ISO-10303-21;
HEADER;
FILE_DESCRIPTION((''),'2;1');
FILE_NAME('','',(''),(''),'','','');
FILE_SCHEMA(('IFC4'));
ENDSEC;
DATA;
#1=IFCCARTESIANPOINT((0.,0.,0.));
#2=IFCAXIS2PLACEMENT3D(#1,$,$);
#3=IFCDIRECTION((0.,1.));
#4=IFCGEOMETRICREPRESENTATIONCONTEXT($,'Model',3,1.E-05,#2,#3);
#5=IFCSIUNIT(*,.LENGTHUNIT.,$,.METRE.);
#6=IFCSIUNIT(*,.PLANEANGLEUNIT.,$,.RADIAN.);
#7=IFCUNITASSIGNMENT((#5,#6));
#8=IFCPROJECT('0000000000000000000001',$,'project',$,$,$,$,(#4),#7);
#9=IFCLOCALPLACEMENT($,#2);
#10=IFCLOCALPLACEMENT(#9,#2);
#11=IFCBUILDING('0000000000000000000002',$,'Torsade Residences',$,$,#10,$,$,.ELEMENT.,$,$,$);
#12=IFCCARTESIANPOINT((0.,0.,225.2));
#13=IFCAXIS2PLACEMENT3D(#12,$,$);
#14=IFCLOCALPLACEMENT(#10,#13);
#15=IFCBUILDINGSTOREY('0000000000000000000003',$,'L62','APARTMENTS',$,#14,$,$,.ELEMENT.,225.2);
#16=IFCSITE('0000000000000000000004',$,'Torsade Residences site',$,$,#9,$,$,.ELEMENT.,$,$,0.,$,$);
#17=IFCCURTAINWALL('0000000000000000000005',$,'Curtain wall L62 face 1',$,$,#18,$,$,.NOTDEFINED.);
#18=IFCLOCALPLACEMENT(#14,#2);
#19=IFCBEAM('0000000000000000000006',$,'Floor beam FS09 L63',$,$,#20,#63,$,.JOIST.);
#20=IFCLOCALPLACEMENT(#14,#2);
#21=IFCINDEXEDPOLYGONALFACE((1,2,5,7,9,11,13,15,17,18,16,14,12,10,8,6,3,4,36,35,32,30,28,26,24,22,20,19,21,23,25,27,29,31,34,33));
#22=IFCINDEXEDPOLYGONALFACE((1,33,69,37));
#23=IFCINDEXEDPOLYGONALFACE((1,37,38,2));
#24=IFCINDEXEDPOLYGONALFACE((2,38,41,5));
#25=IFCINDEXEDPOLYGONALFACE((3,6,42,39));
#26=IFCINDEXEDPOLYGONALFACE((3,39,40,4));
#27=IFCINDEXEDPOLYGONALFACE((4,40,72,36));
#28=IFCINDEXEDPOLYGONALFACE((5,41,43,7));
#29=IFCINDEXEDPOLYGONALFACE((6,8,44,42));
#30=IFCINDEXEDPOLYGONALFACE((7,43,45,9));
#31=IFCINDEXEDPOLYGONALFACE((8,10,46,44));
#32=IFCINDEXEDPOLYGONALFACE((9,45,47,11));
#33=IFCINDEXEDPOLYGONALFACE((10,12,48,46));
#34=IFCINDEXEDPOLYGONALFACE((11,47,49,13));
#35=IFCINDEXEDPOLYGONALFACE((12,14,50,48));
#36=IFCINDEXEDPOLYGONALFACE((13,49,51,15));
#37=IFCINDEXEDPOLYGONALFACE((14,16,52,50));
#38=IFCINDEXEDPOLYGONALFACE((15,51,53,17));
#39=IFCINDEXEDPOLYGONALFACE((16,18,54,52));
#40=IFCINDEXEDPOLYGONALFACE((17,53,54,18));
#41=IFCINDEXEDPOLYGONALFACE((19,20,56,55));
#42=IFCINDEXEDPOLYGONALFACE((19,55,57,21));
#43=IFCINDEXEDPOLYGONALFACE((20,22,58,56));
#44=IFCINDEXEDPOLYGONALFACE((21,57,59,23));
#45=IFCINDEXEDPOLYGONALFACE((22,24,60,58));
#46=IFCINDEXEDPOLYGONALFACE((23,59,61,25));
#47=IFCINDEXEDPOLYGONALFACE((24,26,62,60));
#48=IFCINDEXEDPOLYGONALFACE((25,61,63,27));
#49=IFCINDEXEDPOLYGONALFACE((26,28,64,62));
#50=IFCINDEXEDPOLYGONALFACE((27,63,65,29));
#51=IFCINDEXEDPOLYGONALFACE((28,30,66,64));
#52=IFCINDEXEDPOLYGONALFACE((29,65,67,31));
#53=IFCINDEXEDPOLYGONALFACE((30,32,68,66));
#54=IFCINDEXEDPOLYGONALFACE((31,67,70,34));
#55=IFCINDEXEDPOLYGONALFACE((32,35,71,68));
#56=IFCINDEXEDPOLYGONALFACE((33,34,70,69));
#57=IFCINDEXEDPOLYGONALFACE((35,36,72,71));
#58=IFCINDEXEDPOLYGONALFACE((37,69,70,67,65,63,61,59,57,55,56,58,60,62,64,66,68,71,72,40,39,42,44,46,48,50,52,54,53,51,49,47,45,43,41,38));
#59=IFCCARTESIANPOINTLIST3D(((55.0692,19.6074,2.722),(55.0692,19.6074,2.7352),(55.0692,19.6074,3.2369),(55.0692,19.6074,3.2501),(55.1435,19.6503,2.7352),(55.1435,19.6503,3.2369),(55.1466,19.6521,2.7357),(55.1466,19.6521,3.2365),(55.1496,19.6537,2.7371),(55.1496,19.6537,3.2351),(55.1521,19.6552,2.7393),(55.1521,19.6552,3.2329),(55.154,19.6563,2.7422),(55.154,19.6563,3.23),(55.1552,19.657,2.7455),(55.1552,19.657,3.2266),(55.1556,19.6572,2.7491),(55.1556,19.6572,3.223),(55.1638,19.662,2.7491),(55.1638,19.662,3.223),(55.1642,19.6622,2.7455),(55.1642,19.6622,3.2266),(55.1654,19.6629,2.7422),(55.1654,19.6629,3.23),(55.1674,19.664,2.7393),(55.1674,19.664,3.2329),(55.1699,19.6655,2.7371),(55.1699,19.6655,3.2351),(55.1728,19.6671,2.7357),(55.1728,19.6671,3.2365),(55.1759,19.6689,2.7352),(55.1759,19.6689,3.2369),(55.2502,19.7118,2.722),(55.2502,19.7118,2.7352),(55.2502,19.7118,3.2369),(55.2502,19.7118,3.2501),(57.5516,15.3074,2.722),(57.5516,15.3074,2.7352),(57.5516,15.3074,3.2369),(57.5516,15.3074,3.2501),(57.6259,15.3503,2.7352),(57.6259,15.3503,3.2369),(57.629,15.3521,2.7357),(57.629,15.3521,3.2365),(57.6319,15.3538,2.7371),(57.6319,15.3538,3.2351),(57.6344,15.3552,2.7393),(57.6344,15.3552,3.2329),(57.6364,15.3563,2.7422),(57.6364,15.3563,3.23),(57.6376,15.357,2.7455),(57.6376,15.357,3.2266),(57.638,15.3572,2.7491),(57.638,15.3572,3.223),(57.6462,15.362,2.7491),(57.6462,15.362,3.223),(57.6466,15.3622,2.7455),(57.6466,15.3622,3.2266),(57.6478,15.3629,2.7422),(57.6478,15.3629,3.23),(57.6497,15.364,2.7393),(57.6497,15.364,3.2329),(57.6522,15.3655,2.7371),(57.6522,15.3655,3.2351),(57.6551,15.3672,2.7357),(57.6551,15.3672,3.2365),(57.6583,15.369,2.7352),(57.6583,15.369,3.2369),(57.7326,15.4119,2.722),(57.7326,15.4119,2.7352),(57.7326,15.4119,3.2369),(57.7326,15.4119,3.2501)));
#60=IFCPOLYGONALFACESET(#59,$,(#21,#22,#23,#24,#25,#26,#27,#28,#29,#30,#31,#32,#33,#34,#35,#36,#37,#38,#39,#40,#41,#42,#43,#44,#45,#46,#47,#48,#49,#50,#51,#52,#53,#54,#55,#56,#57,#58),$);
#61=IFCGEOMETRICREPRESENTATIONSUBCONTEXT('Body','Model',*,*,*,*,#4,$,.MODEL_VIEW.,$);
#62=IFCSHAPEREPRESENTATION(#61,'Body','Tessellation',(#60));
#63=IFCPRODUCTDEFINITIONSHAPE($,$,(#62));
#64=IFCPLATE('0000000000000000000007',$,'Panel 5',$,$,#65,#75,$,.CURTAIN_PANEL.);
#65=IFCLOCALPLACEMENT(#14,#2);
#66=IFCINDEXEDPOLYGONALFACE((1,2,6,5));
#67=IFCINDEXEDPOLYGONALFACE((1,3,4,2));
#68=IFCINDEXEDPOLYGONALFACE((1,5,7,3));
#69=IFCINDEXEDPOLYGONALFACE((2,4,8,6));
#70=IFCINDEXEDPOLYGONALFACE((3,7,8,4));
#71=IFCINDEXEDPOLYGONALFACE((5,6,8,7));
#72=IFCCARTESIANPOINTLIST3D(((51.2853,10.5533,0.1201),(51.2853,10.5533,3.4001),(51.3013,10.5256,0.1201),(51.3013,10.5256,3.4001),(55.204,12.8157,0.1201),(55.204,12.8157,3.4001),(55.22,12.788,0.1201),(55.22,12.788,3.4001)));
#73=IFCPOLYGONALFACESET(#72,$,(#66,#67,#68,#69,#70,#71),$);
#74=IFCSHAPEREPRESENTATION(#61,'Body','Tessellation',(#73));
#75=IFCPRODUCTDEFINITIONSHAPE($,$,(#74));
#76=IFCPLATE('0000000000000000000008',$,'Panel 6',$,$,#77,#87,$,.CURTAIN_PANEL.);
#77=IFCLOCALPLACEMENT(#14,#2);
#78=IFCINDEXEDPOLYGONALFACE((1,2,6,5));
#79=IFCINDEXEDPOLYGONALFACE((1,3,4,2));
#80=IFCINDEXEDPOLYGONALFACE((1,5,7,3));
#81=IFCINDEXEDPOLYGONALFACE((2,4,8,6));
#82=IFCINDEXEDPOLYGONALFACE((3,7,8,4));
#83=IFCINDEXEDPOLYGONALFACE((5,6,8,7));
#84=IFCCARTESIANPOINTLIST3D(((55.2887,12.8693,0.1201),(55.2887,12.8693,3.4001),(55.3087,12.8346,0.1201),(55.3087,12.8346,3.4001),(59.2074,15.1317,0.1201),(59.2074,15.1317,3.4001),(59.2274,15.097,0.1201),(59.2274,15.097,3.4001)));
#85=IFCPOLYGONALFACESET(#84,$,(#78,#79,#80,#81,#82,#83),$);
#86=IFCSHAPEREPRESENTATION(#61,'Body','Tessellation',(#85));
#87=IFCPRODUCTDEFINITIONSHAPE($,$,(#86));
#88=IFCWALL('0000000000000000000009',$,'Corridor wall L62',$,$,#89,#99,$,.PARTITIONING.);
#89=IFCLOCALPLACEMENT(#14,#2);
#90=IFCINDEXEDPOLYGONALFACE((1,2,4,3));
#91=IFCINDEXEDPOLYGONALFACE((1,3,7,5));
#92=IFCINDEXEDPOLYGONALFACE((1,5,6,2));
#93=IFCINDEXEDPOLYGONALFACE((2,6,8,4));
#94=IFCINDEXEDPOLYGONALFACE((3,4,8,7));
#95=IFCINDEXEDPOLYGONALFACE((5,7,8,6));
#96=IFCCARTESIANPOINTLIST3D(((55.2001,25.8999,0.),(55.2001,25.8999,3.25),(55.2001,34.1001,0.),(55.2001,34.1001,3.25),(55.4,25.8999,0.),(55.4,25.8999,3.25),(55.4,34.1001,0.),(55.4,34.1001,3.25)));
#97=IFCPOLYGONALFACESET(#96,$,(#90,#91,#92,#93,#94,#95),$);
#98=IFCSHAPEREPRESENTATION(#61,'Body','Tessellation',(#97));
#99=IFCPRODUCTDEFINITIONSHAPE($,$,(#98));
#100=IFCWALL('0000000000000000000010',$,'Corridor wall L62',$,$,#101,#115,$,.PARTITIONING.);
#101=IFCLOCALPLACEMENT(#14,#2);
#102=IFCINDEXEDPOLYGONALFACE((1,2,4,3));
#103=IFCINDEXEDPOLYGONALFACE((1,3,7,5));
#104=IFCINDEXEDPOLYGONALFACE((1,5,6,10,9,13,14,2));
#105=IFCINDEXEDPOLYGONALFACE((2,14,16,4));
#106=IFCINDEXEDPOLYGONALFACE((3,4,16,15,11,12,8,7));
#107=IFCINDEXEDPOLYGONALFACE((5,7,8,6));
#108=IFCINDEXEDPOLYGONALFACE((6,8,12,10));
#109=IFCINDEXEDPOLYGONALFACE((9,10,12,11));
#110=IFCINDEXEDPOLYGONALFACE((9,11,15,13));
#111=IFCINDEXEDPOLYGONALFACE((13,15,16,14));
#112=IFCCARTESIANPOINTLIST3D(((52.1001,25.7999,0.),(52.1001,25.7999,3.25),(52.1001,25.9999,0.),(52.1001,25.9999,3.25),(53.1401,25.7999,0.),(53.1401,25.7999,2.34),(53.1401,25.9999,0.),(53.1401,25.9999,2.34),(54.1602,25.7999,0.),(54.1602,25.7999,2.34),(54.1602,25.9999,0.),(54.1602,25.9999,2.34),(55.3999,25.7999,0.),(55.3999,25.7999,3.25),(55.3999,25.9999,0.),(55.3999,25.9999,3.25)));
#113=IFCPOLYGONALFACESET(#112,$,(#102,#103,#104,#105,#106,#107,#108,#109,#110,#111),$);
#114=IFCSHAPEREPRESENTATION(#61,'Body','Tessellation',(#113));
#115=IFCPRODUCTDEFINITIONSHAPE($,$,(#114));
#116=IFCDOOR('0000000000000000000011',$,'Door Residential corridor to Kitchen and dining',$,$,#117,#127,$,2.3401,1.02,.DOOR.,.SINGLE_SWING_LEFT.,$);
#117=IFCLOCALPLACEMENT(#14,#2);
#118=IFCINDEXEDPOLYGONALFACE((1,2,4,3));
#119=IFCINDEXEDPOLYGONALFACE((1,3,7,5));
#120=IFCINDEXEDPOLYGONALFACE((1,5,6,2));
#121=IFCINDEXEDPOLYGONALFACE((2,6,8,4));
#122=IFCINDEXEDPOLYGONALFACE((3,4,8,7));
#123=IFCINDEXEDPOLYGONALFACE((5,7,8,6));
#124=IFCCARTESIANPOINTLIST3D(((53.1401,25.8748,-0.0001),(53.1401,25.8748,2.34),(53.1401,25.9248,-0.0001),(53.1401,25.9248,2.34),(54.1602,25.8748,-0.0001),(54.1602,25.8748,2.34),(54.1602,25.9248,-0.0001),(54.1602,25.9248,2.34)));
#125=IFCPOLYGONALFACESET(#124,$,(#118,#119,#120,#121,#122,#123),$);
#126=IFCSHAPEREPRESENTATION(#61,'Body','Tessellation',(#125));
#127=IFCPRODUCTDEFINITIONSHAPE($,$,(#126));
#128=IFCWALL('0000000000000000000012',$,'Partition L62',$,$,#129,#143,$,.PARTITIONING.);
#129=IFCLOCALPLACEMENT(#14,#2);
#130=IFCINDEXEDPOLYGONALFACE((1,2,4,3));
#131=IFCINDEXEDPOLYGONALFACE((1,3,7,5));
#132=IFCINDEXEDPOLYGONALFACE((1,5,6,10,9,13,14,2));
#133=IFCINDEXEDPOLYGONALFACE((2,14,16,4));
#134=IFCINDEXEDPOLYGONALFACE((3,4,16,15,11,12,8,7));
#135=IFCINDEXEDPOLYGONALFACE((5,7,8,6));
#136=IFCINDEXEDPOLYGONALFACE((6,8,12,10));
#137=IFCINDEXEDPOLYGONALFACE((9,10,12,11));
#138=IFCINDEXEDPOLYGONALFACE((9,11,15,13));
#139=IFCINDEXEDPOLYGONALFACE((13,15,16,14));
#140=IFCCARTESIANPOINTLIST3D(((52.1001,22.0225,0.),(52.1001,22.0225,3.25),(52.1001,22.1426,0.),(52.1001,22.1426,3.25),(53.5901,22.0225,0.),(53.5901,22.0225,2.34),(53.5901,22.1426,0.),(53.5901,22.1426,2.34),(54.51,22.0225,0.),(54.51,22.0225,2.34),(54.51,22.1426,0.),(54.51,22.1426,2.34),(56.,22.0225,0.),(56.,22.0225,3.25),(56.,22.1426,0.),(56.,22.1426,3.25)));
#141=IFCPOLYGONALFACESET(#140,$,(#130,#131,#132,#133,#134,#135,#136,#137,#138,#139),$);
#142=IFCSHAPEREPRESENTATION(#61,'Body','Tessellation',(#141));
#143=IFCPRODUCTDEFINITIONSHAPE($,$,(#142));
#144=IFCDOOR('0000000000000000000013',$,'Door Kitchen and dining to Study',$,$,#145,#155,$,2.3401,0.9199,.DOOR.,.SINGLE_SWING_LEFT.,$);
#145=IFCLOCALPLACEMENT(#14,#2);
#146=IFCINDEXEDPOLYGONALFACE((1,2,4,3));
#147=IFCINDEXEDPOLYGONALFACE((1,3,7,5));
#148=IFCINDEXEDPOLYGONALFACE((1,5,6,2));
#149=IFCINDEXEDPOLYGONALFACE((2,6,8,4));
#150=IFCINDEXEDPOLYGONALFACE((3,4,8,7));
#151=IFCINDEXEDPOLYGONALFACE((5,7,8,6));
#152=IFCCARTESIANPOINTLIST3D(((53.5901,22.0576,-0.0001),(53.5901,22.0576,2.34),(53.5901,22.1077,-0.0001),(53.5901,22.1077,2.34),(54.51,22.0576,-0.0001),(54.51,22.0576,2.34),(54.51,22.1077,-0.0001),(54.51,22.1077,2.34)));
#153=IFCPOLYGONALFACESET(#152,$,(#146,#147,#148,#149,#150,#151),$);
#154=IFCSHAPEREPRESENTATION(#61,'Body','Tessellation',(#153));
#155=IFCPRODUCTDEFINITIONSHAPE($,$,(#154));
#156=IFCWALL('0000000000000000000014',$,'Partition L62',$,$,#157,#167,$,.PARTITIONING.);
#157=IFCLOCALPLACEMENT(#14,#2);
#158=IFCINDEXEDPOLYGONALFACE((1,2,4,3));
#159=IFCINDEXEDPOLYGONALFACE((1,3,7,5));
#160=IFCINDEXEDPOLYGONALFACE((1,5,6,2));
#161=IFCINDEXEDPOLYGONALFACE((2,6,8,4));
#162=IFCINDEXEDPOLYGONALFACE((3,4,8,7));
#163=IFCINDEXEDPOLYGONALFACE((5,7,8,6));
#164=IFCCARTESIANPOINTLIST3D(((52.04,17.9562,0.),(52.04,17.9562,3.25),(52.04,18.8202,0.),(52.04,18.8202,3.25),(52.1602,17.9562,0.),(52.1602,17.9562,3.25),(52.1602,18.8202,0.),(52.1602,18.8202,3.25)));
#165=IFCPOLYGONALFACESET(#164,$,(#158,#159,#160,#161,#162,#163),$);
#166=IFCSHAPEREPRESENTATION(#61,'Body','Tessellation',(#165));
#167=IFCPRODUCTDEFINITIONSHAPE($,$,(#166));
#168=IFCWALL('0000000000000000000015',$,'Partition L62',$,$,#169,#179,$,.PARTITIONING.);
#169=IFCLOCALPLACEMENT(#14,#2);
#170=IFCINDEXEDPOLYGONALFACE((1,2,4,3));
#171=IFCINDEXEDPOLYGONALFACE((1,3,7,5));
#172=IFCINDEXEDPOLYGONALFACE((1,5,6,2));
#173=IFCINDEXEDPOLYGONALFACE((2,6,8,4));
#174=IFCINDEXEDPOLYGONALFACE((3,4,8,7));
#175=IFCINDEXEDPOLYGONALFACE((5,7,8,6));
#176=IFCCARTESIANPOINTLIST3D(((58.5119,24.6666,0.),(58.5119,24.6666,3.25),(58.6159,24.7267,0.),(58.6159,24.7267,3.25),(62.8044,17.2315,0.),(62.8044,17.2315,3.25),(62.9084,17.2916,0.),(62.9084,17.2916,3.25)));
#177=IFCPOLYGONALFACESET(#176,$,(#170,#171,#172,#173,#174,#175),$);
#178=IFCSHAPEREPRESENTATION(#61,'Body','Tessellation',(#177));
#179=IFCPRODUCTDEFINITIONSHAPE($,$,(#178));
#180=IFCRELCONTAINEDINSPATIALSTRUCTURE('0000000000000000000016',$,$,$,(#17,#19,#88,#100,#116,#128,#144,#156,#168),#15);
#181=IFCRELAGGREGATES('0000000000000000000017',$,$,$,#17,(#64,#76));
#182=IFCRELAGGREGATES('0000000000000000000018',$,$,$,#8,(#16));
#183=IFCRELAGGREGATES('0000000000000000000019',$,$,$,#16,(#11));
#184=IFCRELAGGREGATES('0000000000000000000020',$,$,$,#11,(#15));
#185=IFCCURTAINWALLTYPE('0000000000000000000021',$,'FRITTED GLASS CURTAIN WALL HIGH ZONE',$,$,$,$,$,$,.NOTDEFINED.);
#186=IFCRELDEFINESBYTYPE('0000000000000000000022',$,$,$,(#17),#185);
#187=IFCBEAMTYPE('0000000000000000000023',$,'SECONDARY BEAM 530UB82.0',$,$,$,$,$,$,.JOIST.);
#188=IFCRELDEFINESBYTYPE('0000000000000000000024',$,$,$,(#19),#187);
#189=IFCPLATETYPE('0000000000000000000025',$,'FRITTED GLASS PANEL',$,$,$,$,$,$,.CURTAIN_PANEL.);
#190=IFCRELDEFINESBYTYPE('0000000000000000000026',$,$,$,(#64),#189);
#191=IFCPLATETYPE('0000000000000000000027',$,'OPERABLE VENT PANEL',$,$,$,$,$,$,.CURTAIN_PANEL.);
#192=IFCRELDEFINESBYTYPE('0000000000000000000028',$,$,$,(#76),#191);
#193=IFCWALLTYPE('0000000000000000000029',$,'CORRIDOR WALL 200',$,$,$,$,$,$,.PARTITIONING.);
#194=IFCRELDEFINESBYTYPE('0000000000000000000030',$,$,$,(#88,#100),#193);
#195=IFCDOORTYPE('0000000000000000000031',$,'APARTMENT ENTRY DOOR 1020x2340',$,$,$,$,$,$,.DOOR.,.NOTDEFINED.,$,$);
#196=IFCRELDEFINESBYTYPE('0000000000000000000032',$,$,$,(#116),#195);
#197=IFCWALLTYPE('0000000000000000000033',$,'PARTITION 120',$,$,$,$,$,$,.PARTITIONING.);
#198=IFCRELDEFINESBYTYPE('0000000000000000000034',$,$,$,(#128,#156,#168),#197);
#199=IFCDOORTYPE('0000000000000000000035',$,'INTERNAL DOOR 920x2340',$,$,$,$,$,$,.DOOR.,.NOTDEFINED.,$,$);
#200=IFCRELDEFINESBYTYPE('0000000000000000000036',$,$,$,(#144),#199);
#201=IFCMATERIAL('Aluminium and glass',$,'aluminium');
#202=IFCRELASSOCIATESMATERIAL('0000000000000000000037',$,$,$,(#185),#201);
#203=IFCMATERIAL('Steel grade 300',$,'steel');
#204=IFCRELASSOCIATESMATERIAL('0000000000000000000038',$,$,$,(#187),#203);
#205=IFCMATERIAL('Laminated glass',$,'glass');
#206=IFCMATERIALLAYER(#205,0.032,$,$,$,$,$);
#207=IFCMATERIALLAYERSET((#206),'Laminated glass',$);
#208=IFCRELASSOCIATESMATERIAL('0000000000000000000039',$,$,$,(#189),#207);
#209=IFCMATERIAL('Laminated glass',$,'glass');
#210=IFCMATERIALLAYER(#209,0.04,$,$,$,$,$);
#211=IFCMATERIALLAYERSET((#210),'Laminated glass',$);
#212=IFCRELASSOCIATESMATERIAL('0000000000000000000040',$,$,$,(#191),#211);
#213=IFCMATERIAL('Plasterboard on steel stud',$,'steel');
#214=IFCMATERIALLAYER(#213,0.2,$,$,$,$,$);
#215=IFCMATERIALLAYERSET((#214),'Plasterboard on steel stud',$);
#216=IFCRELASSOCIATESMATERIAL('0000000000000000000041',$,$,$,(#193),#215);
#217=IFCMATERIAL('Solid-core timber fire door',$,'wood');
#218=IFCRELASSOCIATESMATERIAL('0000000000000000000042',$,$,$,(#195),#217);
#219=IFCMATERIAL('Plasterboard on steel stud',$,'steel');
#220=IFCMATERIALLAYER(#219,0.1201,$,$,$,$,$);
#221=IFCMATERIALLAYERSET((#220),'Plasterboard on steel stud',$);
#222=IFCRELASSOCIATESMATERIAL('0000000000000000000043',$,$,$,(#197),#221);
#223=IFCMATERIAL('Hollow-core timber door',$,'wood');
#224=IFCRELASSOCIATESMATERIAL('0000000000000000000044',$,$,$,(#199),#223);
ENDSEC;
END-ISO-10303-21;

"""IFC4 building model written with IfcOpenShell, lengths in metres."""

from ifc_helpers import new_model, si_unit, direction, frame, frame_2d, origin, origin_2d, place, context, subcontext, project, spatial, rectangle, i_section, extrude, material, layer, layer_set, material_profile, profile_set, type_object, element, fill, aggregate, save


model = new_model("IFC4")

# Units and contexts
model_context = context("Model", 3, precision=1e-05, world=origin(), true_north=direction((0.0, 1.0)))
body_context = subcontext(model_context, "Body", "Model", "MODEL_VIEW")
ifc_project = project(units=[si_unit("LENGTHUNIT", "METRE"), si_unit("PLANEANGLEUNIT", "RADIAN")], contexts=[model_context])

# Site, building, storey
site_placement = place(None, origin())
site = spatial("IfcSite", under=ifc_project, at=site_placement, Name="Torsade Residences site", CompositionType="ELEMENT", RefElevation=0.0)
building_placement = place(site_placement, origin())
building = spatial("IfcBuilding", under=site, at=building_placement, Name="Torsade Residences", CompositionType="ELEMENT")
storey_placement = place(building_placement, frame((0.0, 0.0, 225.2)))
storey = spatial("IfcBuildingStorey", under=building, at=storey_placement, Name="L62", Description="APARTMENTS", CompositionType="ELEMENT", Elevation=225.2)

# Curtain wall
ifc_material_1 = material(Name="Aluminium and glass", Category="aluminium")
curtain_wall_type = type_object("IfcCurtainWallType", Name="FRITTED GLASS CURTAIN WALL HIGH ZONE", PredefinedType="NOTDEFINED", material=ifc_material_1)
curtain_wall_placement = place(storey_placement, origin())
curtain_wall = element("IfcCurtainWall", 1, at=curtain_wall_placement, inside=storey, type_object=curtain_wall_type, Name="Curtain wall L62 face 1", PredefinedType="NOTDEFINED")

# Beam
ifc_material_2 = material(Name="Steel grade 300", Category="steel")
ifc_material_profile_1 = material_profile(ifc_material_2, i_section(OverallWidth=0.209, OverallDepth=0.5281, WebThickness=0.0095, FlangeThickness=0.0132, FilletRadius=0.0139, at=origin_2d()), Name="530UB82.0")
ifc_profile_set_1 = profile_set([ifc_material_profile_1], Name="Steel grade 300")
beam_type_1 = type_object("IfcBeamType", Name="SECONDARY BEAM 530UB82.0", PredefinedType="JOIST", material=ifc_profile_set_1)
beam_1_placement = place(storey_placement, frame((57.6421, 15.3596, 2.9861), z_axis=(-0.499968, 0.866044, 0.0), x_axis=(-0.866044, -0.499968, 0.0)))
element("IfcBeam", 2, at=beam_1_placement, inside=storey, type_object=beam_type_1, Name="Floor beam FS09 L63", PredefinedType="JOIST", context=body_context, shape_type="SweptSolid", body=[
    extrude(i_section(OverallWidth=0.209, OverallDepth=0.5281, WebThickness=0.0095, FlangeThickness=0.0132, FilletRadius=0.0139, at=origin_2d()), origin(), (0.0, 0.0, 1.0), 4.9651),
])

# Plates
ifc_material_3 = material(Name="Laminated glass", Category="glass")
ifc_layer_1 = layer(ifc_material_3, 0.032)
ifc_layer_set_1 = layer_set([ifc_layer_1], Name="Laminated glass")
plate_type_1 = type_object("IfcPlateType", Name="FRITTED GLASS PANEL", PredefinedType="CURTAIN_PANEL", material=ifc_layer_set_1)
plate_1_placement = place(storey_placement, frame((53.2527, 11.6707, 0.1201), z_axis=(0.0, 0.0, 1.0), x_axis=(0.866025, 0.5, 0.0)))
plate_1 = element("IfcPlate", 3, at=plate_1_placement, type_object=plate_type_1, Name="Panel 5", PredefinedType="CURTAIN_PANEL", context=body_context, shape_type="SweptSolid", body=[
    extrude(rectangle(XDim=4.5249, YDim=0.032, at=origin_2d()), origin(), (0.0, 0.0, 1.0), 3.28),
])
ifc_material_4 = material(Name="Laminated glass", Category="glass")
ifc_layer_2 = layer(ifc_material_4, 0.04)
ifc_layer_set_2 = layer_set([ifc_layer_2], Name="Laminated glass")
plate_type_2 = type_object("IfcPlateType", Name="OPERABLE VENT PANEL", PredefinedType="CURTAIN_PANEL", material=ifc_layer_set_2)
plate_2_placement = place(storey_placement, frame((57.2581, 13.9832, 0.1201), z_axis=(0.0, 0.0, 1.0), x_axis=(0.866025, 0.5, 0.0)))
plate_2 = element("IfcPlate", 4, at=plate_2_placement, type_object=plate_type_2, Name="Panel 6", PredefinedType="CURTAIN_PANEL", context=body_context, shape_type="SweptSolid", body=[
    extrude(rectangle(XDim=4.5249, YDim=0.04, at=origin_2d()), origin(), (0.0, 0.0, 1.0), 3.28),
])
aggregate(curtain_wall, [plate_1, plate_2])

# Wall
ifc_material_5 = material(Name="Plasterboard on steel stud", Category="steel")
ifc_layer_3 = layer(ifc_material_5, 0.2)
ifc_layer_set_3 = layer_set([ifc_layer_3], Name="Plasterboard on steel stud")
wall_type_1 = type_object("IfcWallType", Name="CORRIDOR WALL 200", PredefinedType="PARTITIONING", material=ifc_layer_set_3)
wall_1_placement = place(storey_placement, frame((55.3, 25.8999, 0.0), z_axis=(0.0, 0.0, 1.0), x_axis=(0.0, 1.0, 0.0)))
element("IfcWall", 5, at=wall_1_placement, inside=storey, type_object=wall_type_1, Name="Corridor wall L62", PredefinedType="PARTITIONING", context=body_context, shape_type="SweptSolid", body=[
    extrude(rectangle(XDim=8.2002, YDim=0.2, at=frame_2d((4.1001, 0.0))), origin(), (0.0, 0.0, 1.0), 3.25),
])

# Walls, openings, doors
wall_2_placement = place(storey_placement, frame((52.1001, 25.8999, 0.0), z_axis=(0.0, 0.0, 1.0), x_axis=(1.0, 0.0, 0.0)))
wall_2 = element("IfcWall", 6, at=wall_2_placement, inside=storey, type_object=wall_type_1, Name="Corridor wall L62", PredefinedType="PARTITIONING", context=body_context, shape_type="SweptSolid", body=[
    extrude(rectangle(XDim=3.2998, YDim=0.2, at=frame_2d((1.6499, 0.0))), origin(), (0.0, 0.0, 1.0), 3.25),
])
opening_1_placement = place(wall_2_placement, frame((1.04, 0.0, 0.0)))
opening_1 = element("IfcOpeningElement", 7, at=opening_1_placement, cuts=wall_2, PredefinedType="OPENING", context=body_context, shape_type="SweptSolid", body=[
    extrude(rectangle(XDim=1.02, YDim=2.3401, at=frame_2d((0.51, 1.1699))), frame((0.0, 0.1099, 0.0), z_axis=(0.0, -1.0, 0.0), x_axis=(1.0, 0.0, 0.0)), (0.0, 0.0, 1.0), 0.22),
])
ifc_material_6 = material(Name="Solid-core timber fire door", Category="wood")
door_type_1 = type_object("IfcDoorType", Name="APARTMENT ENTRY DOOR 1020x2340", OperationType="NOTDEFINED", PredefinedType="DOOR", material=ifc_material_6)
door_1_placement = place(opening_1_placement, origin())
door_1 = element("IfcDoor", 8, at=door_1_placement, inside=storey, type_object=door_type_1, Name="Door Residential corridor to Kitchen and dining", OperationType="SINGLE_SWING_LEFT", OverallHeight=2.3401, OverallWidth=1.02, PredefinedType="DOOR", context=body_context, shape_type="SweptSolid", body=[
    extrude(rectangle(XDim=1.02, YDim=2.3401, at=frame_2d((0.51, 1.1699))), frame((0.0, 0.0249, 0.0), z_axis=(0.0, -1.0, 0.0), x_axis=(1.0, 0.0, 0.0)), (0.0, 0.0, 1.0), 0.05),
])
fill(opening_1, door_1)
ifc_material_7 = material(Name="Plasterboard on steel stud", Category="steel")
ifc_layer_4 = layer(ifc_material_7, 0.1201)
ifc_layer_set_4 = layer_set([ifc_layer_4], Name="Plasterboard on steel stud")
wall_type_2 = type_object("IfcWallType", Name="PARTITION 120", PredefinedType="PARTITIONING", material=ifc_layer_set_4)
wall_3_placement = place(storey_placement, frame((56.0, 22.0825, 0.0), z_axis=(0.0, 0.0, 1.0), x_axis=(-1.0, 0.0, 0.0)))
wall_3 = element("IfcWall", 9, at=wall_3_placement, inside=storey, type_object=wall_type_2, Name="Partition L62", PredefinedType="PARTITIONING", context=body_context, shape_type="SweptSolid", body=[
    extrude(rectangle(XDim=3.8999, YDim=0.1201, at=frame_2d((1.95, 0.0))), origin(), (0.0, 0.0, 1.0), 3.25),
])
opening_2_placement = place(wall_3_placement, frame((1.49, 0.0, 0.0)))
opening_2 = element("IfcOpeningElement", 10, at=opening_2_placement, cuts=wall_3, PredefinedType="OPENING", context=body_context, shape_type="SweptSolid", body=[
    extrude(rectangle(XDim=0.9199, YDim=2.3401, at=frame_2d((0.46, 1.1699))), frame((0.0, 0.0701, 0.0), z_axis=(0.0, -1.0, 0.0), x_axis=(1.0, 0.0, 0.0)), (0.0, 0.0, 1.0), 0.1401),
])
ifc_material_8 = material(Name="Hollow-core timber door", Category="wood")
door_type_2 = type_object("IfcDoorType", Name="INTERNAL DOOR 920x2340", OperationType="NOTDEFINED", PredefinedType="DOOR", material=ifc_material_8)
door_2_placement = place(opening_2_placement, origin())
door_2 = element("IfcDoor", 11, at=door_2_placement, inside=storey, type_object=door_type_2, Name="Door Kitchen and dining to Study", OperationType="SINGLE_SWING_LEFT", OverallHeight=2.3401, OverallWidth=0.9199, PredefinedType="DOOR", context=body_context, shape_type="SweptSolid", body=[
    extrude(rectangle(XDim=0.9199, YDim=2.3401, at=frame_2d((0.46, 1.1699))), frame((0.0, 0.0249, 0.0), z_axis=(0.0, -1.0, 0.0), x_axis=(1.0, 0.0, 0.0)), (0.0, 0.0, 1.0), 0.05),
])
fill(opening_2, door_2)

# Walls
wall_4_placement = place(storey_placement, frame((52.1001, 17.9561, 0.0), z_axis=(0.0, 0.0, 1.0), x_axis=(0.0, 1.0, 0.0)))
element("IfcWall", 12, at=wall_4_placement, inside=storey, type_object=wall_type_2, Name="Partition L62", PredefinedType="PARTITIONING", context=body_context, shape_type="SweptSolid", body=[
    extrude(rectangle(XDim=0.864, YDim=0.1201, at=frame_2d((0.4321, 0.0))), origin(), (0.0, 0.0, 1.0), 3.25),
])
wall_5_placement = place(storey_placement, frame((58.564, 24.6965, 0.0), z_axis=(0.0, 0.0, 1.0), x_axis=(0.499987, -0.866033, 0.0)))
element("IfcWall", 13, at=wall_5_placement, inside=storey, type_object=wall_type_2, Name="Partition L62", PredefinedType="PARTITIONING", context=body_context, shape_type="SweptSolid", body=[
    extrude(rectangle(XDim=8.5852, YDim=0.1201, at=frame_2d((4.2925, 0.0))), origin(), (0.0, 0.0, 1.0), 3.25),
])

save(model, "model.ifc")
